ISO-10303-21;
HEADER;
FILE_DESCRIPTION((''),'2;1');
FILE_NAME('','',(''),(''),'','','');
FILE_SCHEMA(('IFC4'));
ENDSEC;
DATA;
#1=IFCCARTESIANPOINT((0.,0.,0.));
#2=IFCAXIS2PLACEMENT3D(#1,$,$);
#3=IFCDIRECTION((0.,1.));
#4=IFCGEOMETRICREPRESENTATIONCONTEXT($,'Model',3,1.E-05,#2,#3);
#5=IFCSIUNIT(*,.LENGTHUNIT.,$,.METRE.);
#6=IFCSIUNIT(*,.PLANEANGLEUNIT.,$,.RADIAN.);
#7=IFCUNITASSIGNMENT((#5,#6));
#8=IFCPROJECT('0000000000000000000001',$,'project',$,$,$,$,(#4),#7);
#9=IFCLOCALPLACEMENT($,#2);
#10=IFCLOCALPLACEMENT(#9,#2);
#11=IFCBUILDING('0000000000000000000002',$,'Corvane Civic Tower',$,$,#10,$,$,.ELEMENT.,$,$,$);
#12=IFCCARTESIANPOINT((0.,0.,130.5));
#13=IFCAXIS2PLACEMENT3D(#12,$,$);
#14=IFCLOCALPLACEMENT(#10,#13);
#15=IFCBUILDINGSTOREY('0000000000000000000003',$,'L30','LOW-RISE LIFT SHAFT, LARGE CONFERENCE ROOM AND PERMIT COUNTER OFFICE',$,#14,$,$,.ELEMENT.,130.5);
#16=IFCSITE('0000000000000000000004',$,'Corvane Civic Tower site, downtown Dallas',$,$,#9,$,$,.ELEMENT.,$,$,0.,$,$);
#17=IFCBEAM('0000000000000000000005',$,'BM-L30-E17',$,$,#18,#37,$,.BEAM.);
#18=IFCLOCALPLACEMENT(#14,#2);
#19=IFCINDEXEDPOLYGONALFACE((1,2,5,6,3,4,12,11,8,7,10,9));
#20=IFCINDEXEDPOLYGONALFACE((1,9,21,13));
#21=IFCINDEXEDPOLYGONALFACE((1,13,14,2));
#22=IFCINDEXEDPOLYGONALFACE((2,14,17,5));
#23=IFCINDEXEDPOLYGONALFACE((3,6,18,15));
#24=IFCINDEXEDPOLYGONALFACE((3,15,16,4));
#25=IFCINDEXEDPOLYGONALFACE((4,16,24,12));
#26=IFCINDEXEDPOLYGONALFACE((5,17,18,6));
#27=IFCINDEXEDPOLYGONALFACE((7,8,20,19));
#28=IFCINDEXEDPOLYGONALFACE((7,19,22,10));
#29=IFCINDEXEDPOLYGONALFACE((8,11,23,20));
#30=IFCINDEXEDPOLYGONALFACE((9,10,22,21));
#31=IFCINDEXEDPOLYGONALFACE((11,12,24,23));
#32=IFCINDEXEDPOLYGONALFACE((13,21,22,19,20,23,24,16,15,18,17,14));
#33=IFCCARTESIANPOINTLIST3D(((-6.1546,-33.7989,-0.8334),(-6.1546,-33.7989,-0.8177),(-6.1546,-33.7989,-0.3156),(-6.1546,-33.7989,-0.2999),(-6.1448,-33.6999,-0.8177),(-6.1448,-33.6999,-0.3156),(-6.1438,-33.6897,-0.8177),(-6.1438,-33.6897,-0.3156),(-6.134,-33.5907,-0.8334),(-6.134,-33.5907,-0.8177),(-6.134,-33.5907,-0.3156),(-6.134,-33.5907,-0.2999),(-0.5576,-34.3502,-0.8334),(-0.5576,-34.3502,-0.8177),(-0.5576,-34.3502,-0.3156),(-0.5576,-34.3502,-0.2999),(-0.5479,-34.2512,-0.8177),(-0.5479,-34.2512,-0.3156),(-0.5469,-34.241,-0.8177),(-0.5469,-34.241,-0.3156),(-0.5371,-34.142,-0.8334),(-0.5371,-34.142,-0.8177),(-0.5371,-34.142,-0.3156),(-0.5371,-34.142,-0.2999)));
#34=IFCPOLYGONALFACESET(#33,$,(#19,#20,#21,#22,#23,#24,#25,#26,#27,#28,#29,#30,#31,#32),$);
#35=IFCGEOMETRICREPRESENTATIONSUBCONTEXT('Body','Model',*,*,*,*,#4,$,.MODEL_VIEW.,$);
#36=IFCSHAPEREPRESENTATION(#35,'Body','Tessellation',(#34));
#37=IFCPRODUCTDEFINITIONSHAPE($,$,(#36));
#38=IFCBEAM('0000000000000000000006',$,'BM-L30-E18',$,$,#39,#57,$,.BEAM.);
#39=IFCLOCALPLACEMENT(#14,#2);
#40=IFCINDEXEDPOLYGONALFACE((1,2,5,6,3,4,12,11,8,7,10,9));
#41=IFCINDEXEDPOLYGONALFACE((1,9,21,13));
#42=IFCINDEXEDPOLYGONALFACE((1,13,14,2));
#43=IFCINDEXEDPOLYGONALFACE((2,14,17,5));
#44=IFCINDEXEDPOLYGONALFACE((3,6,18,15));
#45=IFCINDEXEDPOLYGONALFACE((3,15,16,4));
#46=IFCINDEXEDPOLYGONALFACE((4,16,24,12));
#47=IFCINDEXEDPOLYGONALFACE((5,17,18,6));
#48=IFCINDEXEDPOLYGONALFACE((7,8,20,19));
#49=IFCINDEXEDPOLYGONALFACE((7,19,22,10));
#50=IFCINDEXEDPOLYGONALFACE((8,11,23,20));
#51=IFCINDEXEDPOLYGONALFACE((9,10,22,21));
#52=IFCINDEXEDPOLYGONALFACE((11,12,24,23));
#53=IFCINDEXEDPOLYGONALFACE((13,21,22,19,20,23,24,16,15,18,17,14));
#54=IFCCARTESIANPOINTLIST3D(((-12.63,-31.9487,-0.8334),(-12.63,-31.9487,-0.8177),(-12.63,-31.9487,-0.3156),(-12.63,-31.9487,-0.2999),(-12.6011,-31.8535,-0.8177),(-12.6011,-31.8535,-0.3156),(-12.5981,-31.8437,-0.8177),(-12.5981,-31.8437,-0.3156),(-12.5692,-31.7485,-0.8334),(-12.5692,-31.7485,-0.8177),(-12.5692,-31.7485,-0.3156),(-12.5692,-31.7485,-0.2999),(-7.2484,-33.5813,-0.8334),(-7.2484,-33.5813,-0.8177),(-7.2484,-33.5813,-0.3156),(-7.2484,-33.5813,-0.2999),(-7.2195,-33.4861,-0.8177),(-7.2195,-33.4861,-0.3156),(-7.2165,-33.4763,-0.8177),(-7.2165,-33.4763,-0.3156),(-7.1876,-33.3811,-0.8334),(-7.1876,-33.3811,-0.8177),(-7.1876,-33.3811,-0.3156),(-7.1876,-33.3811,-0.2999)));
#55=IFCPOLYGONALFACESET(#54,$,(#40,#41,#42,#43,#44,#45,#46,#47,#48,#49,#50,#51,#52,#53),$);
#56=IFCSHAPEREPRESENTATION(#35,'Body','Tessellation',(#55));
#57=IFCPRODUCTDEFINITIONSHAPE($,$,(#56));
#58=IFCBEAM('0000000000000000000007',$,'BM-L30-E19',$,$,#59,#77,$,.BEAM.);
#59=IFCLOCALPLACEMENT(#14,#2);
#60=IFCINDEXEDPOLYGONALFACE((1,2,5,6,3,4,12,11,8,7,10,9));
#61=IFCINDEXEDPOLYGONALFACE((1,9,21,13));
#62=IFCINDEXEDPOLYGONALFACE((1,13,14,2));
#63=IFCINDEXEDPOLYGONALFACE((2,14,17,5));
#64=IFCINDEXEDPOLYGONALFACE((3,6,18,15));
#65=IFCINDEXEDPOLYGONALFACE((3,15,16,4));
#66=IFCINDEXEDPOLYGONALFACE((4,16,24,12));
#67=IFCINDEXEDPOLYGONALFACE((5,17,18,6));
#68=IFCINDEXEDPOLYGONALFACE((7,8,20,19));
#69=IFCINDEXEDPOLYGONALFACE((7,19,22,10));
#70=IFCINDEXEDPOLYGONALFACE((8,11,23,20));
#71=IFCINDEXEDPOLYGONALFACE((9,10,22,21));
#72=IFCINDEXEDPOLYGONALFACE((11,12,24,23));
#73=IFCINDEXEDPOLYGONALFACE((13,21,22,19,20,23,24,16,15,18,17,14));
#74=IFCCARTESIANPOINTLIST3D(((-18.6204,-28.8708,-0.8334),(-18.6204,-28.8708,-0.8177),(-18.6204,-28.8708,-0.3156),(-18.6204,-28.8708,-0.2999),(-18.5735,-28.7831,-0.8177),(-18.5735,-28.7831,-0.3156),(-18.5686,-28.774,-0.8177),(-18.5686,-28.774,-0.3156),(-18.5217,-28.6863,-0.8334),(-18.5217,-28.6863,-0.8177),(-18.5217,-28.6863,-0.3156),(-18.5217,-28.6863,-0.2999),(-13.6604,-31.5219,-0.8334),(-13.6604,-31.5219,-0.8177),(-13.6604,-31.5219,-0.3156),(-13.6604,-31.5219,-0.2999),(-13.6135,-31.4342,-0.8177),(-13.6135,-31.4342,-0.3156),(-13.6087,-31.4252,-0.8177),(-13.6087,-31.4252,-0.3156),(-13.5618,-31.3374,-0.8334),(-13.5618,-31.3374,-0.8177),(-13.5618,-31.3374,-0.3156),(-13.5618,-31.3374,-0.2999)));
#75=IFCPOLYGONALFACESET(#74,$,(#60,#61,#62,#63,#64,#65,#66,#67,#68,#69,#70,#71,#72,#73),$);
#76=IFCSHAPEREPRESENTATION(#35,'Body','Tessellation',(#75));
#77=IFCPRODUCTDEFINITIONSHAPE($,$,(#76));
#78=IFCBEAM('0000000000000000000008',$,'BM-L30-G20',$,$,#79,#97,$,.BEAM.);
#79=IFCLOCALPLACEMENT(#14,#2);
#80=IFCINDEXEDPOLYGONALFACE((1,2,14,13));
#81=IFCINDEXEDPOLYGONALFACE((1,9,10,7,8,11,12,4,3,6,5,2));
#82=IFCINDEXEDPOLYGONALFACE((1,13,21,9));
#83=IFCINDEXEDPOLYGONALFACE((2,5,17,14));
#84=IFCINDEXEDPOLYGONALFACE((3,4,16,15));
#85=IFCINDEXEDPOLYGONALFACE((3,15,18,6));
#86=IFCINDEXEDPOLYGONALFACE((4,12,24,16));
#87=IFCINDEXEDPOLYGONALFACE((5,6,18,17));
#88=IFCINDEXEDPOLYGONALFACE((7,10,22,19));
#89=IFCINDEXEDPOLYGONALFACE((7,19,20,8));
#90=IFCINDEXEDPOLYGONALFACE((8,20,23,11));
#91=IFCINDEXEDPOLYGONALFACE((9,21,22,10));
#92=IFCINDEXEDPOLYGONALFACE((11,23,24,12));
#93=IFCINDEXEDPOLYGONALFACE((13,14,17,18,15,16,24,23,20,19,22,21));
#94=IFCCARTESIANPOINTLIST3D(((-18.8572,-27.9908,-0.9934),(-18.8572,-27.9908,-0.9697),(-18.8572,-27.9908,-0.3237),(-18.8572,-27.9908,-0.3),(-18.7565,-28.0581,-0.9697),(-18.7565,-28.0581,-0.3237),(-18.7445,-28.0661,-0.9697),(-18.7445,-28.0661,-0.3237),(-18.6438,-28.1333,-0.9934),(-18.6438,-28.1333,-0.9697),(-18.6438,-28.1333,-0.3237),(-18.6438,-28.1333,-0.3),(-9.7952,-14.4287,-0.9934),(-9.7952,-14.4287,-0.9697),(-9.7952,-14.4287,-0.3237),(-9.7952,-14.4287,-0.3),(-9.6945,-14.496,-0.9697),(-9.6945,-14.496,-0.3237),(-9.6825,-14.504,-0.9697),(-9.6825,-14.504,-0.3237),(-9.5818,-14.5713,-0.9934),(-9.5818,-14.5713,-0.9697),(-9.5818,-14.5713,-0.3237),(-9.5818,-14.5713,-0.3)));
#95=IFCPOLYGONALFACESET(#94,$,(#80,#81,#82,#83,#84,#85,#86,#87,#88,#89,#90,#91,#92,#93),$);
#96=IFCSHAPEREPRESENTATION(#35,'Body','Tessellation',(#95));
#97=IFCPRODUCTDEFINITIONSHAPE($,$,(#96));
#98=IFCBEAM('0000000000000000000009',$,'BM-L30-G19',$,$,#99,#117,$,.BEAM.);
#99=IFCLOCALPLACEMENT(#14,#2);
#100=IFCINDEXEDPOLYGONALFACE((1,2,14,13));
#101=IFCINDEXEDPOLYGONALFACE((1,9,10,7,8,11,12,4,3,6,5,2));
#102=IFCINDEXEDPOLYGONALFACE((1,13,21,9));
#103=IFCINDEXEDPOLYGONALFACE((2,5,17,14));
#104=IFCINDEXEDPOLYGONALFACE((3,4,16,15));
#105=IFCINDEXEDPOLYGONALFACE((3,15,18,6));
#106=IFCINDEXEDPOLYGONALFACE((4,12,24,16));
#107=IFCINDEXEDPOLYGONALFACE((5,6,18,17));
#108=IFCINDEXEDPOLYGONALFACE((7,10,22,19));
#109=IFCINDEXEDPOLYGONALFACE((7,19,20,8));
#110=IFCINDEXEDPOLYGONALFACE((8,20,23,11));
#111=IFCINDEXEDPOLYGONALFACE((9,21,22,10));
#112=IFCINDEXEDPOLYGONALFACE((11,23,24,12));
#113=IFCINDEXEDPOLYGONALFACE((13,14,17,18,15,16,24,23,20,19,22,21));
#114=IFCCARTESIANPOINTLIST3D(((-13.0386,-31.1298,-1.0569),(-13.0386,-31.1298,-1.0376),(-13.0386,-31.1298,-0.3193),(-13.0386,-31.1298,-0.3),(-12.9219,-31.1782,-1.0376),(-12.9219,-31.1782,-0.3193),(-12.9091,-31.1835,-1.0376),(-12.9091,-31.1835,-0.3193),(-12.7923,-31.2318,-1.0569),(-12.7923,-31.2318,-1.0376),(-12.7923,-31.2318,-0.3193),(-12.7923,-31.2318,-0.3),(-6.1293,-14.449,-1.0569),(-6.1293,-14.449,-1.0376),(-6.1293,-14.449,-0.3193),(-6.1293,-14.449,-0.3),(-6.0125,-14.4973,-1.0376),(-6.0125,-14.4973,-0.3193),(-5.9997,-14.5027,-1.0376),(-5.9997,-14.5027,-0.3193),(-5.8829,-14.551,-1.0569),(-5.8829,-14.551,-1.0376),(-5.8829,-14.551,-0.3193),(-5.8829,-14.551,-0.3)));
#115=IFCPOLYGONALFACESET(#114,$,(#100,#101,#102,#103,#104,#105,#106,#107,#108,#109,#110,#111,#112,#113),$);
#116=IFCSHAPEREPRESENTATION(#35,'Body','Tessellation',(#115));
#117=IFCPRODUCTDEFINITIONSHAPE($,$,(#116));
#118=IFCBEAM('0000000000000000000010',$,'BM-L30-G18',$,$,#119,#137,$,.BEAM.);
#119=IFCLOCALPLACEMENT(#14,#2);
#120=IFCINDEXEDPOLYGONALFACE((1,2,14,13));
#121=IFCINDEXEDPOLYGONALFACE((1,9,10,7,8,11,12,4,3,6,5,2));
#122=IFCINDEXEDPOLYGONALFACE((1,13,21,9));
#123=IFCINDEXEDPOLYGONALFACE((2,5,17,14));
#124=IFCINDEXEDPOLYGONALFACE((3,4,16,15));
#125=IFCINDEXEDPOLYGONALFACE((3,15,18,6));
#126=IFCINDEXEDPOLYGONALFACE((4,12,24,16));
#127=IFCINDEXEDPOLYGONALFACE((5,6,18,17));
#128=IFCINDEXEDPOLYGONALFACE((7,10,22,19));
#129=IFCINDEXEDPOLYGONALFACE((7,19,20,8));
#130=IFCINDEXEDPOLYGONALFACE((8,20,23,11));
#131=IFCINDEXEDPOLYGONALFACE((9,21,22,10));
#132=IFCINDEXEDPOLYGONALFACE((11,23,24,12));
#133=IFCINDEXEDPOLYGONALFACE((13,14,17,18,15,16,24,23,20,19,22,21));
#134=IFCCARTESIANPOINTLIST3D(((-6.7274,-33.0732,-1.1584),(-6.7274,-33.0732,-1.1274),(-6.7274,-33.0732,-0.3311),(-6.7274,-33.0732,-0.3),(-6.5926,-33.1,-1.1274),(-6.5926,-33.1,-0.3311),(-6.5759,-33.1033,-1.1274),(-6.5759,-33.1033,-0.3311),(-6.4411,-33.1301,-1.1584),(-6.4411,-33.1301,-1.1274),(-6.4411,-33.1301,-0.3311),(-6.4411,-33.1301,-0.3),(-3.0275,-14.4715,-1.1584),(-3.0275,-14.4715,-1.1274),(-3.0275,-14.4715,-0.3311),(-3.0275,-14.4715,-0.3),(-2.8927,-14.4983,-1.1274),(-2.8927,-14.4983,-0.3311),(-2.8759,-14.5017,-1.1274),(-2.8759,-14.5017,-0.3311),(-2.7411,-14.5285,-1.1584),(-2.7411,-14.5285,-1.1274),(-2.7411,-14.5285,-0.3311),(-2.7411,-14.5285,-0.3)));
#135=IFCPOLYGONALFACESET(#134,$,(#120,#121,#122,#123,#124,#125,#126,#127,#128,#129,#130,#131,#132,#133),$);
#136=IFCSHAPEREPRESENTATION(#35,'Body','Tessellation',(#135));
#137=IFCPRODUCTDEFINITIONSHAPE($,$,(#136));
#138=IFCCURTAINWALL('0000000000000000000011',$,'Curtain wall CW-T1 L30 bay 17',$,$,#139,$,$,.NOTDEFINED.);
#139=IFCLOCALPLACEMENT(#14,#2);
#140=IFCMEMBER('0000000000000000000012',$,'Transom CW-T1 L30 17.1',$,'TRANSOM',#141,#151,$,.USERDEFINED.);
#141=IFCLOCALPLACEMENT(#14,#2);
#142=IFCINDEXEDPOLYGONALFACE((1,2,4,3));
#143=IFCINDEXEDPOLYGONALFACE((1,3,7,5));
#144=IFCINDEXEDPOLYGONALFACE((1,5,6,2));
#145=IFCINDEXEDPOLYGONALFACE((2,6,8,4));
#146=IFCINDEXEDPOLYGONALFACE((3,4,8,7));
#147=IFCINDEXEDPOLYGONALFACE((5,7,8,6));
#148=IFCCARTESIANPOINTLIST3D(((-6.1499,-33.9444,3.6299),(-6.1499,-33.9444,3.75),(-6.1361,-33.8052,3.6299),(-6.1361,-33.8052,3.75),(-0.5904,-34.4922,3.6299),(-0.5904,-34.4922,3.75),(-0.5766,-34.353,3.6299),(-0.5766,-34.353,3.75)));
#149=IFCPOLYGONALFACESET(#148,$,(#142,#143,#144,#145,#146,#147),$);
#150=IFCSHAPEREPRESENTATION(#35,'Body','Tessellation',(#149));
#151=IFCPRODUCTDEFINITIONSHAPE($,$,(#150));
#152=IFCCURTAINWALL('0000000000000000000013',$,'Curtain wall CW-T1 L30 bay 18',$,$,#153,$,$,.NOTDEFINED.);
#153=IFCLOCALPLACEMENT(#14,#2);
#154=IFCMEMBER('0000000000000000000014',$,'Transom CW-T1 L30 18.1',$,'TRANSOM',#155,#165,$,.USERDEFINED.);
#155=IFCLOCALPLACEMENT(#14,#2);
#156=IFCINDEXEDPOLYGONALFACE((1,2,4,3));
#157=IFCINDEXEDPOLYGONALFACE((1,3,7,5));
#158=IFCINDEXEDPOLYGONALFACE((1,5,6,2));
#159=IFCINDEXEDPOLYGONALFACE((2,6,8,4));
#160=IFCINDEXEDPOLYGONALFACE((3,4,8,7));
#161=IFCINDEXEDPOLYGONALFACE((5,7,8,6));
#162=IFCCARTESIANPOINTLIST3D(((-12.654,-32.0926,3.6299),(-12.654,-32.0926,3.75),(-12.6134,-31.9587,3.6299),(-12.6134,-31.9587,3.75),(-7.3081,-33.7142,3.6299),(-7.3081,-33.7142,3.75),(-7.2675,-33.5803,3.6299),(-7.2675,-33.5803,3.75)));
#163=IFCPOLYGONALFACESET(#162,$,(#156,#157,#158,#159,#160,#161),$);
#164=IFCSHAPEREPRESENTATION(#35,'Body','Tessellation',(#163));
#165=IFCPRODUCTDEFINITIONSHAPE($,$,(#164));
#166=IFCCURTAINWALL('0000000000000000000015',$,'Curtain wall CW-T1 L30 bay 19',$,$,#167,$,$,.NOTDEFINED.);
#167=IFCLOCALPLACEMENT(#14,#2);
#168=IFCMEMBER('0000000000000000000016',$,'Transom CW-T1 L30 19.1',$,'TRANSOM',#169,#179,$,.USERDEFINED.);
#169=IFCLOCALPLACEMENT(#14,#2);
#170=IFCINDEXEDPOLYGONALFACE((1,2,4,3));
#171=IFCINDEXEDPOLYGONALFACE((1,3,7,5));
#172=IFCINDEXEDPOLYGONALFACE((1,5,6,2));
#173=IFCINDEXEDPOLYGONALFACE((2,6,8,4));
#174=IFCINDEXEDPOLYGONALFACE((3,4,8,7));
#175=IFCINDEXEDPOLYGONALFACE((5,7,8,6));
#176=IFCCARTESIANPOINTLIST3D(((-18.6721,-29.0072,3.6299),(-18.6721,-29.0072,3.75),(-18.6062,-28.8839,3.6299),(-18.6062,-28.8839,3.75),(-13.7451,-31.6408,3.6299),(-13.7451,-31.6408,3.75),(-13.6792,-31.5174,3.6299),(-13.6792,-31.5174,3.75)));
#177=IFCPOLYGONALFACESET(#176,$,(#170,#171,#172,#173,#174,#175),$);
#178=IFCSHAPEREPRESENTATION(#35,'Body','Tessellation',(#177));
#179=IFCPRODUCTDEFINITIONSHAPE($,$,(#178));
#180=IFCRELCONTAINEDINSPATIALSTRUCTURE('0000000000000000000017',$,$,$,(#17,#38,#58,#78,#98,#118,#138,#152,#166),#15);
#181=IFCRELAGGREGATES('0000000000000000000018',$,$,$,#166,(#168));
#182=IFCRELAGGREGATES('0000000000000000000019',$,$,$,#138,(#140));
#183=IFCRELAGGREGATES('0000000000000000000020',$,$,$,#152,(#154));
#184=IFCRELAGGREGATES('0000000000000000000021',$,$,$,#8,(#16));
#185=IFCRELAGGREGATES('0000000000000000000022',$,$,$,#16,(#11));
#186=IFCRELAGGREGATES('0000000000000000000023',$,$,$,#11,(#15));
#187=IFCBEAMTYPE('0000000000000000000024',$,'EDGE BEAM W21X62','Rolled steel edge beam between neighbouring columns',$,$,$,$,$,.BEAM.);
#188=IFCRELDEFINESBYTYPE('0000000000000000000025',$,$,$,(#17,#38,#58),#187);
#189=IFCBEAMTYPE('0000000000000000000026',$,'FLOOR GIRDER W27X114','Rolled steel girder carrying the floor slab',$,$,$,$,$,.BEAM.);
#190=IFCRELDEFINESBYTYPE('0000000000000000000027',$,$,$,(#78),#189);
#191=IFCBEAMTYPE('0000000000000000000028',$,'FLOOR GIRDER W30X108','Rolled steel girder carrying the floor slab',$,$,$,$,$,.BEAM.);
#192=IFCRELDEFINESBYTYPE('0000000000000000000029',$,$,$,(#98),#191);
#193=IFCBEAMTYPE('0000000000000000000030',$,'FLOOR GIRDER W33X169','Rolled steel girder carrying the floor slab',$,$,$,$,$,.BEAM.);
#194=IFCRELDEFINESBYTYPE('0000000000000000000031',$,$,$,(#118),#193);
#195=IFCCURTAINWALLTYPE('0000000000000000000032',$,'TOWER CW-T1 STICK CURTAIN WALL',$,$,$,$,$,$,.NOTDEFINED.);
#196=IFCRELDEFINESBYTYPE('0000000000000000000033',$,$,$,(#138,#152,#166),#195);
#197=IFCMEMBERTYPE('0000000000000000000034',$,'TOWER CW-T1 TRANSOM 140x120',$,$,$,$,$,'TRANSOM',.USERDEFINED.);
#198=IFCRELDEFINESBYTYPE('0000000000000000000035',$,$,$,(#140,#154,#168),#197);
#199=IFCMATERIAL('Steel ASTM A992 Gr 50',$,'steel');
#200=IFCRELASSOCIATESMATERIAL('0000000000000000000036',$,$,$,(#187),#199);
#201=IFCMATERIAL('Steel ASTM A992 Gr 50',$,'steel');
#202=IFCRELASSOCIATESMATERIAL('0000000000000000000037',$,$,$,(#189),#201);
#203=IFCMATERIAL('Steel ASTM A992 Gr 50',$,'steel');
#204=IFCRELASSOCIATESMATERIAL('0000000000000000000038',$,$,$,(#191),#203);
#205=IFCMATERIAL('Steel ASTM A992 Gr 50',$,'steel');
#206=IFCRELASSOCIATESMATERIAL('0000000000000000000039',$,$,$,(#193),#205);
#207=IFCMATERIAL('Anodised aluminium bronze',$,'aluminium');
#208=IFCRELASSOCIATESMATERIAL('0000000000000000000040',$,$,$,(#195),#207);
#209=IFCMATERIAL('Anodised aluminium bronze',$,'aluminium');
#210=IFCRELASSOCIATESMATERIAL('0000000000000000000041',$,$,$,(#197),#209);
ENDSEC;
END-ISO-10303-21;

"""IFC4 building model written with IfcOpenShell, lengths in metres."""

from ifc_helpers import new_model, si_unit, direction, frame, origin, origin_2d, place, context, subcontext, project, spatial, rectangle, i_section, extrude, material, material_profile, profile_set, type_object, element, aggregate, save


model = new_model("IFC4")

# Units and contexts
model_context = context("Model", 3, precision=1e-05, world=origin(), true_north=direction((0.0, 1.0)))
body_context = subcontext(model_context, "Body", "Model", "MODEL_VIEW")
ifc_project = project(units=[si_unit("LENGTHUNIT", "METRE"), si_unit("PLANEANGLEUNIT", "RADIAN")], contexts=[model_context])

# Site, building, storey
site_placement = place(None, origin())
site = spatial("IfcSite", under=ifc_project, at=site_placement, Name="Corvane Civic Tower site, downtown Dallas", CompositionType="ELEMENT", RefElevation=0.0)
building_placement = place(site_placement, origin())
building = spatial("IfcBuilding", under=site, at=building_placement, Name="Corvane Civic Tower", CompositionType="ELEMENT")
storey_placement = place(building_placement, frame((0.0, 0.0, 130.5)))
storey = spatial("IfcBuildingStorey", under=building, at=storey_placement, Name="L30", Description="LOW-RISE LIFT SHAFT, LARGE CONFERENCE ROOM AND PERMIT COUNTER OFFICE", CompositionType="ELEMENT", Elevation=130.5)

# Beams
ifc_material_1 = material(Name="Steel ASTM A992 Gr 50", Category="steel")
ifc_material_profile_1 = material_profile(ifc_material_1, i_section(OverallWidth=0.2092, OverallDepth=0.5334, WebThickness=0.0103, FlangeThickness=0.0156, at=origin_2d()), Name="W21X62")
ifc_profile_set_1 = profile_set([ifc_material_profile_1], Name="Steel ASTM A992 Gr 50")
beam_type_1 = type_object("IfcBeamType", Name="EDGE BEAM W21X62", Description="Rolled steel edge beam between neighbouring columns", PredefinedType="BEAM", material=ifc_profile_set_1)
beam_1_placement = place(storey_placement, frame((-0.5474, -34.2461, -0.5667), z_axis=(-0.995184, 0.098021, 0.0), x_axis=(-0.098021, -0.995184, 0.0)))
element("IfcBeam", 1, at=beam_1_placement, inside=storey, type_object=beam_type_1, Name="BM-L30-E17", PredefinedType="BEAM", context=body_context, shape_type="SweptSolid", body=[
    extrude(i_section(OverallWidth=0.2092, OverallDepth=0.5334, WebThickness=0.0103, FlangeThickness=0.0156, at=origin_2d()), origin(), (0.0, 0.0, 1.0), 5.624),
])
beam_2_placement = place(storey_placement, frame((-7.218, -33.4812, -0.5667), z_axis=(-0.956936, 0.290298, 0.0), x_axis=(-0.290298, -0.956936, 0.0)))
element("IfcBeam", 2, at=beam_2_placement, inside=storey, type_object=beam_type_1, Name="BM-L30-E18", PredefinedType="BEAM", context=body_context, shape_type="SweptSolid", body=[
    extrude(i_section(OverallWidth=0.2092, OverallDepth=0.5334, WebThickness=0.0103, FlangeThickness=0.0156, at=origin_2d()), origin(), (0.0, 0.0, 1.0), 5.6238),
])
beam_3_placement = place(storey_placement, frame((-13.6111, -31.4297, -0.5667), z_axis=(-0.881924, 0.471392, 0.0), x_axis=(-0.471392, -0.881924, 0.0)))
element("IfcBeam", 3, at=beam_3_placement, inside=storey, type_object=beam_type_1, Name="BM-L30-E19", PredefinedType="BEAM", context=body_context, shape_type="SweptSolid", body=[
    extrude(i_section(OverallWidth=0.2092, OverallDepth=0.5334, WebThickness=0.0103, FlangeThickness=0.0156, at=origin_2d()), origin(), (0.0, 0.0, 1.0), 5.624),
])
ifc_material_2 = material(Name="Steel ASTM A992 Gr 50", Category="steel")
ifc_material_profile_2 = material_profile(ifc_material_2, i_section(OverallWidth=0.2566, OverallDepth=0.6934, WebThickness=0.0144, FlangeThickness=0.0237, at=origin_2d()), Name="W27X114")
ifc_profile_set_2 = profile_set([ifc_material_profile_2], Name="Steel ASTM A992 Gr 50")
beam_type_2 = type_object("IfcBeamType", Name="FLOOR GIRDER W27X114", Description="Rolled steel girder carrying the floor slab", PredefinedType="BEAM", material=ifc_profile_set_2)
beam_4_placement = place(storey_placement, frame((-9.6885, -14.5, -0.6467), z_axis=(-0.555577, -0.831465, 0.0), x_axis=(0.831465, -0.555577, 0.0)))
element("IfcBeam", 4, at=beam_4_placement, inside=storey, type_object=beam_type_2, Name="BM-L30-G20", PredefinedType="BEAM", context=body_context, shape_type="SweptSolid", body=[
    extrude(i_section(OverallWidth=0.2566, OverallDepth=0.6934, WebThickness=0.0144, FlangeThickness=0.0237, at=origin_2d()), origin(), (0.0, 0.0, 1.0), 16.311),
])
ifc_material_3 = material(Name="Steel ASTM A992 Gr 50", Category="steel")
ifc_material_profile_3 = material_profile(ifc_material_3, i_section(OverallWidth=0.2666, OverallDepth=0.7568, WebThickness=0.0139, FlangeThickness=0.0193, at=origin_2d()), Name="W30X108")
ifc_profile_set_3 = profile_set([ifc_material_profile_3], Name="Steel ASTM A992 Gr 50")
beam_type_3 = type_object("IfcBeamType", Name="FLOOR GIRDER W30X108", Description="Rolled steel girder carrying the floor slab", PredefinedType="BEAM", material=ifc_profile_set_3)
beam_5_placement = place(storey_placement, frame((-6.0061, -14.5, -0.6785), z_axis=(-0.382682, -0.92388, 0.0), x_axis=(0.92388, -0.382682, 0.0)))
element("IfcBeam", 5, at=beam_5_placement, inside=storey, type_object=beam_type_3, Name="BM-L30-G19", PredefinedType="BEAM", context=body_context, shape_type="SweptSolid", body=[
    extrude(i_section(OverallWidth=0.2666, OverallDepth=0.7568, WebThickness=0.0139, FlangeThickness=0.0193, at=origin_2d()), origin(), (0.0, 0.0, 1.0), 18.0552),
])
ifc_material_4 = material(Name="Steel ASTM A992 Gr 50", Category="steel")
ifc_material_profile_4 = material_profile(ifc_material_4, i_section(OverallWidth=0.292, OverallDepth=0.8584, WebThickness=0.0171, FlangeThickness=0.031, at=origin_2d()), Name="W33X169")
ifc_profile_set_4 = profile_set([ifc_material_profile_4], Name="Steel ASTM A992 Gr 50")
beam_type_4 = type_object("IfcBeamType", Name="FLOOR GIRDER W33X169", Description="Rolled steel girder carrying the floor slab", PredefinedType="BEAM", material=ifc_profile_set_4)
beam_6_placement = place(storey_placement, frame((-2.8843, -14.5, -0.7292), z_axis=(-0.195084, -0.980787, 0.0), x_axis=(0.980787, -0.195084, 0.0)))
element("IfcBeam", 6, at=beam_6_placement, inside=storey, type_object=beam_type_4, Name="BM-L30-G18", PredefinedType="BEAM", context=body_context, shape_type="SweptSolid", body=[
    extrude(i_section(OverallWidth=0.292, OverallDepth=0.8584, WebThickness=0.0171, FlangeThickness=0.031, at=origin_2d()), origin(), (0.0, 0.0, 1.0), 18.9661),
])

# Curtain walls, members
ifc_material_5 = material(Name="Anodised aluminium bronze", Category="aluminium")
curtain_wall_type = type_object("IfcCurtainWallType", Name="TOWER CW-T1 STICK CURTAIN WALL", PredefinedType="NOTDEFINED", material=ifc_material_5)
curtain_wall_1_placement = place(storey_placement, origin())
curtain_wall_1 = element("IfcCurtainWall", 7, at=curtain_wall_1_placement, inside=storey, type_object=curtain_wall_type, Name="Curtain wall CW-T1 L30 bay 17", PredefinedType="NOTDEFINED")
ifc_material_6 = material(Name="Anodised aluminium bronze", Category="aluminium")
ifc_material_profile_5 = material_profile(ifc_material_6, rectangle(XDim=0.1399, YDim=0.1201, at=origin_2d()), Name="TOWER CW-T1 TRANSOM 140x120")
ifc_profile_set_5 = profile_set([ifc_material_profile_5], Name="Anodised aluminium bronze")
member_type = type_object("IfcMemberType", Name="TOWER CW-T1 TRANSOM 140x120", ElementType="TRANSOM", PredefinedType="USERDEFINED", material=ifc_profile_set_5)
member_1_placement = place(storey_placement, frame((-0.5835, -34.4226, 3.6899), z_axis=(-0.99518, 0.098067, 0.0), x_axis=(-0.098067, -0.99518, 0.0)))
member_1 = element("IfcMember", 8, at=member_1_placement, type_object=member_type, Name="Transom CW-T1 L30 17.1", ObjectType="TRANSOM", PredefinedType="USERDEFINED", context=body_context, shape_type="SweptSolid", body=[
    extrude(rectangle(XDim=0.1399, YDim=0.1201, at=origin_2d()), origin(), (0.0, 0.0, 1.0), 5.5864),
])
curtain_wall_2_placement = place(storey_placement, origin())
curtain_wall_2 = element("IfcCurtainWall", 9, at=curtain_wall_2_placement, inside=storey, type_object=curtain_wall_type, Name="Curtain wall CW-T1 L30 bay 18", PredefinedType="NOTDEFINED")
member_2_placement = place(storey_placement, frame((-7.2878, -33.6472, 3.6899), z_axis=(-0.956945, 0.290269, 0.0), x_axis=(-0.290269, -0.956945, 0.0)))
member_2 = element("IfcMember", 10, at=member_2_placement, type_object=member_type, Name="Transom CW-T1 L30 18.1", ObjectType="TRANSOM", PredefinedType="USERDEFINED", context=body_context, shape_type="SweptSolid", body=[
    extrude(rectangle(XDim=0.1399, YDim=0.1201, at=origin_2d()), origin(), (0.0, 0.0, 1.0), 5.5864),
])
curtain_wall_3_placement = place(storey_placement, origin())
curtain_wall_3 = element("IfcCurtainWall", 11, at=curtain_wall_3_placement, inside=storey, type_object=curtain_wall_type, Name="Curtain wall CW-T1 L30 bay 19", PredefinedType="NOTDEFINED")
member_3_placement = place(storey_placement, frame((-13.7122, -31.5791, 3.6899), z_axis=(-0.881921, 0.471398, 0.0), x_axis=(-0.471398, -0.881921, 0.0)))
member_3 = element("IfcMember", 12, at=member_3_placement, type_object=member_type, Name="Transom CW-T1 L30 19.1", ObjectType="TRANSOM", PredefinedType="USERDEFINED", context=body_context, shape_type="SweptSolid", body=[
    extrude(rectangle(XDim=0.1399, YDim=0.1201, at=origin_2d()), origin(), (0.0, 0.0, 1.0), 5.5867),
])
aggregate(curtain_wall_3, [member_3])

aggregate(curtain_wall_1, [member_1])
aggregate(curtain_wall_2, [member_2])

save(model, "model.ifc")
